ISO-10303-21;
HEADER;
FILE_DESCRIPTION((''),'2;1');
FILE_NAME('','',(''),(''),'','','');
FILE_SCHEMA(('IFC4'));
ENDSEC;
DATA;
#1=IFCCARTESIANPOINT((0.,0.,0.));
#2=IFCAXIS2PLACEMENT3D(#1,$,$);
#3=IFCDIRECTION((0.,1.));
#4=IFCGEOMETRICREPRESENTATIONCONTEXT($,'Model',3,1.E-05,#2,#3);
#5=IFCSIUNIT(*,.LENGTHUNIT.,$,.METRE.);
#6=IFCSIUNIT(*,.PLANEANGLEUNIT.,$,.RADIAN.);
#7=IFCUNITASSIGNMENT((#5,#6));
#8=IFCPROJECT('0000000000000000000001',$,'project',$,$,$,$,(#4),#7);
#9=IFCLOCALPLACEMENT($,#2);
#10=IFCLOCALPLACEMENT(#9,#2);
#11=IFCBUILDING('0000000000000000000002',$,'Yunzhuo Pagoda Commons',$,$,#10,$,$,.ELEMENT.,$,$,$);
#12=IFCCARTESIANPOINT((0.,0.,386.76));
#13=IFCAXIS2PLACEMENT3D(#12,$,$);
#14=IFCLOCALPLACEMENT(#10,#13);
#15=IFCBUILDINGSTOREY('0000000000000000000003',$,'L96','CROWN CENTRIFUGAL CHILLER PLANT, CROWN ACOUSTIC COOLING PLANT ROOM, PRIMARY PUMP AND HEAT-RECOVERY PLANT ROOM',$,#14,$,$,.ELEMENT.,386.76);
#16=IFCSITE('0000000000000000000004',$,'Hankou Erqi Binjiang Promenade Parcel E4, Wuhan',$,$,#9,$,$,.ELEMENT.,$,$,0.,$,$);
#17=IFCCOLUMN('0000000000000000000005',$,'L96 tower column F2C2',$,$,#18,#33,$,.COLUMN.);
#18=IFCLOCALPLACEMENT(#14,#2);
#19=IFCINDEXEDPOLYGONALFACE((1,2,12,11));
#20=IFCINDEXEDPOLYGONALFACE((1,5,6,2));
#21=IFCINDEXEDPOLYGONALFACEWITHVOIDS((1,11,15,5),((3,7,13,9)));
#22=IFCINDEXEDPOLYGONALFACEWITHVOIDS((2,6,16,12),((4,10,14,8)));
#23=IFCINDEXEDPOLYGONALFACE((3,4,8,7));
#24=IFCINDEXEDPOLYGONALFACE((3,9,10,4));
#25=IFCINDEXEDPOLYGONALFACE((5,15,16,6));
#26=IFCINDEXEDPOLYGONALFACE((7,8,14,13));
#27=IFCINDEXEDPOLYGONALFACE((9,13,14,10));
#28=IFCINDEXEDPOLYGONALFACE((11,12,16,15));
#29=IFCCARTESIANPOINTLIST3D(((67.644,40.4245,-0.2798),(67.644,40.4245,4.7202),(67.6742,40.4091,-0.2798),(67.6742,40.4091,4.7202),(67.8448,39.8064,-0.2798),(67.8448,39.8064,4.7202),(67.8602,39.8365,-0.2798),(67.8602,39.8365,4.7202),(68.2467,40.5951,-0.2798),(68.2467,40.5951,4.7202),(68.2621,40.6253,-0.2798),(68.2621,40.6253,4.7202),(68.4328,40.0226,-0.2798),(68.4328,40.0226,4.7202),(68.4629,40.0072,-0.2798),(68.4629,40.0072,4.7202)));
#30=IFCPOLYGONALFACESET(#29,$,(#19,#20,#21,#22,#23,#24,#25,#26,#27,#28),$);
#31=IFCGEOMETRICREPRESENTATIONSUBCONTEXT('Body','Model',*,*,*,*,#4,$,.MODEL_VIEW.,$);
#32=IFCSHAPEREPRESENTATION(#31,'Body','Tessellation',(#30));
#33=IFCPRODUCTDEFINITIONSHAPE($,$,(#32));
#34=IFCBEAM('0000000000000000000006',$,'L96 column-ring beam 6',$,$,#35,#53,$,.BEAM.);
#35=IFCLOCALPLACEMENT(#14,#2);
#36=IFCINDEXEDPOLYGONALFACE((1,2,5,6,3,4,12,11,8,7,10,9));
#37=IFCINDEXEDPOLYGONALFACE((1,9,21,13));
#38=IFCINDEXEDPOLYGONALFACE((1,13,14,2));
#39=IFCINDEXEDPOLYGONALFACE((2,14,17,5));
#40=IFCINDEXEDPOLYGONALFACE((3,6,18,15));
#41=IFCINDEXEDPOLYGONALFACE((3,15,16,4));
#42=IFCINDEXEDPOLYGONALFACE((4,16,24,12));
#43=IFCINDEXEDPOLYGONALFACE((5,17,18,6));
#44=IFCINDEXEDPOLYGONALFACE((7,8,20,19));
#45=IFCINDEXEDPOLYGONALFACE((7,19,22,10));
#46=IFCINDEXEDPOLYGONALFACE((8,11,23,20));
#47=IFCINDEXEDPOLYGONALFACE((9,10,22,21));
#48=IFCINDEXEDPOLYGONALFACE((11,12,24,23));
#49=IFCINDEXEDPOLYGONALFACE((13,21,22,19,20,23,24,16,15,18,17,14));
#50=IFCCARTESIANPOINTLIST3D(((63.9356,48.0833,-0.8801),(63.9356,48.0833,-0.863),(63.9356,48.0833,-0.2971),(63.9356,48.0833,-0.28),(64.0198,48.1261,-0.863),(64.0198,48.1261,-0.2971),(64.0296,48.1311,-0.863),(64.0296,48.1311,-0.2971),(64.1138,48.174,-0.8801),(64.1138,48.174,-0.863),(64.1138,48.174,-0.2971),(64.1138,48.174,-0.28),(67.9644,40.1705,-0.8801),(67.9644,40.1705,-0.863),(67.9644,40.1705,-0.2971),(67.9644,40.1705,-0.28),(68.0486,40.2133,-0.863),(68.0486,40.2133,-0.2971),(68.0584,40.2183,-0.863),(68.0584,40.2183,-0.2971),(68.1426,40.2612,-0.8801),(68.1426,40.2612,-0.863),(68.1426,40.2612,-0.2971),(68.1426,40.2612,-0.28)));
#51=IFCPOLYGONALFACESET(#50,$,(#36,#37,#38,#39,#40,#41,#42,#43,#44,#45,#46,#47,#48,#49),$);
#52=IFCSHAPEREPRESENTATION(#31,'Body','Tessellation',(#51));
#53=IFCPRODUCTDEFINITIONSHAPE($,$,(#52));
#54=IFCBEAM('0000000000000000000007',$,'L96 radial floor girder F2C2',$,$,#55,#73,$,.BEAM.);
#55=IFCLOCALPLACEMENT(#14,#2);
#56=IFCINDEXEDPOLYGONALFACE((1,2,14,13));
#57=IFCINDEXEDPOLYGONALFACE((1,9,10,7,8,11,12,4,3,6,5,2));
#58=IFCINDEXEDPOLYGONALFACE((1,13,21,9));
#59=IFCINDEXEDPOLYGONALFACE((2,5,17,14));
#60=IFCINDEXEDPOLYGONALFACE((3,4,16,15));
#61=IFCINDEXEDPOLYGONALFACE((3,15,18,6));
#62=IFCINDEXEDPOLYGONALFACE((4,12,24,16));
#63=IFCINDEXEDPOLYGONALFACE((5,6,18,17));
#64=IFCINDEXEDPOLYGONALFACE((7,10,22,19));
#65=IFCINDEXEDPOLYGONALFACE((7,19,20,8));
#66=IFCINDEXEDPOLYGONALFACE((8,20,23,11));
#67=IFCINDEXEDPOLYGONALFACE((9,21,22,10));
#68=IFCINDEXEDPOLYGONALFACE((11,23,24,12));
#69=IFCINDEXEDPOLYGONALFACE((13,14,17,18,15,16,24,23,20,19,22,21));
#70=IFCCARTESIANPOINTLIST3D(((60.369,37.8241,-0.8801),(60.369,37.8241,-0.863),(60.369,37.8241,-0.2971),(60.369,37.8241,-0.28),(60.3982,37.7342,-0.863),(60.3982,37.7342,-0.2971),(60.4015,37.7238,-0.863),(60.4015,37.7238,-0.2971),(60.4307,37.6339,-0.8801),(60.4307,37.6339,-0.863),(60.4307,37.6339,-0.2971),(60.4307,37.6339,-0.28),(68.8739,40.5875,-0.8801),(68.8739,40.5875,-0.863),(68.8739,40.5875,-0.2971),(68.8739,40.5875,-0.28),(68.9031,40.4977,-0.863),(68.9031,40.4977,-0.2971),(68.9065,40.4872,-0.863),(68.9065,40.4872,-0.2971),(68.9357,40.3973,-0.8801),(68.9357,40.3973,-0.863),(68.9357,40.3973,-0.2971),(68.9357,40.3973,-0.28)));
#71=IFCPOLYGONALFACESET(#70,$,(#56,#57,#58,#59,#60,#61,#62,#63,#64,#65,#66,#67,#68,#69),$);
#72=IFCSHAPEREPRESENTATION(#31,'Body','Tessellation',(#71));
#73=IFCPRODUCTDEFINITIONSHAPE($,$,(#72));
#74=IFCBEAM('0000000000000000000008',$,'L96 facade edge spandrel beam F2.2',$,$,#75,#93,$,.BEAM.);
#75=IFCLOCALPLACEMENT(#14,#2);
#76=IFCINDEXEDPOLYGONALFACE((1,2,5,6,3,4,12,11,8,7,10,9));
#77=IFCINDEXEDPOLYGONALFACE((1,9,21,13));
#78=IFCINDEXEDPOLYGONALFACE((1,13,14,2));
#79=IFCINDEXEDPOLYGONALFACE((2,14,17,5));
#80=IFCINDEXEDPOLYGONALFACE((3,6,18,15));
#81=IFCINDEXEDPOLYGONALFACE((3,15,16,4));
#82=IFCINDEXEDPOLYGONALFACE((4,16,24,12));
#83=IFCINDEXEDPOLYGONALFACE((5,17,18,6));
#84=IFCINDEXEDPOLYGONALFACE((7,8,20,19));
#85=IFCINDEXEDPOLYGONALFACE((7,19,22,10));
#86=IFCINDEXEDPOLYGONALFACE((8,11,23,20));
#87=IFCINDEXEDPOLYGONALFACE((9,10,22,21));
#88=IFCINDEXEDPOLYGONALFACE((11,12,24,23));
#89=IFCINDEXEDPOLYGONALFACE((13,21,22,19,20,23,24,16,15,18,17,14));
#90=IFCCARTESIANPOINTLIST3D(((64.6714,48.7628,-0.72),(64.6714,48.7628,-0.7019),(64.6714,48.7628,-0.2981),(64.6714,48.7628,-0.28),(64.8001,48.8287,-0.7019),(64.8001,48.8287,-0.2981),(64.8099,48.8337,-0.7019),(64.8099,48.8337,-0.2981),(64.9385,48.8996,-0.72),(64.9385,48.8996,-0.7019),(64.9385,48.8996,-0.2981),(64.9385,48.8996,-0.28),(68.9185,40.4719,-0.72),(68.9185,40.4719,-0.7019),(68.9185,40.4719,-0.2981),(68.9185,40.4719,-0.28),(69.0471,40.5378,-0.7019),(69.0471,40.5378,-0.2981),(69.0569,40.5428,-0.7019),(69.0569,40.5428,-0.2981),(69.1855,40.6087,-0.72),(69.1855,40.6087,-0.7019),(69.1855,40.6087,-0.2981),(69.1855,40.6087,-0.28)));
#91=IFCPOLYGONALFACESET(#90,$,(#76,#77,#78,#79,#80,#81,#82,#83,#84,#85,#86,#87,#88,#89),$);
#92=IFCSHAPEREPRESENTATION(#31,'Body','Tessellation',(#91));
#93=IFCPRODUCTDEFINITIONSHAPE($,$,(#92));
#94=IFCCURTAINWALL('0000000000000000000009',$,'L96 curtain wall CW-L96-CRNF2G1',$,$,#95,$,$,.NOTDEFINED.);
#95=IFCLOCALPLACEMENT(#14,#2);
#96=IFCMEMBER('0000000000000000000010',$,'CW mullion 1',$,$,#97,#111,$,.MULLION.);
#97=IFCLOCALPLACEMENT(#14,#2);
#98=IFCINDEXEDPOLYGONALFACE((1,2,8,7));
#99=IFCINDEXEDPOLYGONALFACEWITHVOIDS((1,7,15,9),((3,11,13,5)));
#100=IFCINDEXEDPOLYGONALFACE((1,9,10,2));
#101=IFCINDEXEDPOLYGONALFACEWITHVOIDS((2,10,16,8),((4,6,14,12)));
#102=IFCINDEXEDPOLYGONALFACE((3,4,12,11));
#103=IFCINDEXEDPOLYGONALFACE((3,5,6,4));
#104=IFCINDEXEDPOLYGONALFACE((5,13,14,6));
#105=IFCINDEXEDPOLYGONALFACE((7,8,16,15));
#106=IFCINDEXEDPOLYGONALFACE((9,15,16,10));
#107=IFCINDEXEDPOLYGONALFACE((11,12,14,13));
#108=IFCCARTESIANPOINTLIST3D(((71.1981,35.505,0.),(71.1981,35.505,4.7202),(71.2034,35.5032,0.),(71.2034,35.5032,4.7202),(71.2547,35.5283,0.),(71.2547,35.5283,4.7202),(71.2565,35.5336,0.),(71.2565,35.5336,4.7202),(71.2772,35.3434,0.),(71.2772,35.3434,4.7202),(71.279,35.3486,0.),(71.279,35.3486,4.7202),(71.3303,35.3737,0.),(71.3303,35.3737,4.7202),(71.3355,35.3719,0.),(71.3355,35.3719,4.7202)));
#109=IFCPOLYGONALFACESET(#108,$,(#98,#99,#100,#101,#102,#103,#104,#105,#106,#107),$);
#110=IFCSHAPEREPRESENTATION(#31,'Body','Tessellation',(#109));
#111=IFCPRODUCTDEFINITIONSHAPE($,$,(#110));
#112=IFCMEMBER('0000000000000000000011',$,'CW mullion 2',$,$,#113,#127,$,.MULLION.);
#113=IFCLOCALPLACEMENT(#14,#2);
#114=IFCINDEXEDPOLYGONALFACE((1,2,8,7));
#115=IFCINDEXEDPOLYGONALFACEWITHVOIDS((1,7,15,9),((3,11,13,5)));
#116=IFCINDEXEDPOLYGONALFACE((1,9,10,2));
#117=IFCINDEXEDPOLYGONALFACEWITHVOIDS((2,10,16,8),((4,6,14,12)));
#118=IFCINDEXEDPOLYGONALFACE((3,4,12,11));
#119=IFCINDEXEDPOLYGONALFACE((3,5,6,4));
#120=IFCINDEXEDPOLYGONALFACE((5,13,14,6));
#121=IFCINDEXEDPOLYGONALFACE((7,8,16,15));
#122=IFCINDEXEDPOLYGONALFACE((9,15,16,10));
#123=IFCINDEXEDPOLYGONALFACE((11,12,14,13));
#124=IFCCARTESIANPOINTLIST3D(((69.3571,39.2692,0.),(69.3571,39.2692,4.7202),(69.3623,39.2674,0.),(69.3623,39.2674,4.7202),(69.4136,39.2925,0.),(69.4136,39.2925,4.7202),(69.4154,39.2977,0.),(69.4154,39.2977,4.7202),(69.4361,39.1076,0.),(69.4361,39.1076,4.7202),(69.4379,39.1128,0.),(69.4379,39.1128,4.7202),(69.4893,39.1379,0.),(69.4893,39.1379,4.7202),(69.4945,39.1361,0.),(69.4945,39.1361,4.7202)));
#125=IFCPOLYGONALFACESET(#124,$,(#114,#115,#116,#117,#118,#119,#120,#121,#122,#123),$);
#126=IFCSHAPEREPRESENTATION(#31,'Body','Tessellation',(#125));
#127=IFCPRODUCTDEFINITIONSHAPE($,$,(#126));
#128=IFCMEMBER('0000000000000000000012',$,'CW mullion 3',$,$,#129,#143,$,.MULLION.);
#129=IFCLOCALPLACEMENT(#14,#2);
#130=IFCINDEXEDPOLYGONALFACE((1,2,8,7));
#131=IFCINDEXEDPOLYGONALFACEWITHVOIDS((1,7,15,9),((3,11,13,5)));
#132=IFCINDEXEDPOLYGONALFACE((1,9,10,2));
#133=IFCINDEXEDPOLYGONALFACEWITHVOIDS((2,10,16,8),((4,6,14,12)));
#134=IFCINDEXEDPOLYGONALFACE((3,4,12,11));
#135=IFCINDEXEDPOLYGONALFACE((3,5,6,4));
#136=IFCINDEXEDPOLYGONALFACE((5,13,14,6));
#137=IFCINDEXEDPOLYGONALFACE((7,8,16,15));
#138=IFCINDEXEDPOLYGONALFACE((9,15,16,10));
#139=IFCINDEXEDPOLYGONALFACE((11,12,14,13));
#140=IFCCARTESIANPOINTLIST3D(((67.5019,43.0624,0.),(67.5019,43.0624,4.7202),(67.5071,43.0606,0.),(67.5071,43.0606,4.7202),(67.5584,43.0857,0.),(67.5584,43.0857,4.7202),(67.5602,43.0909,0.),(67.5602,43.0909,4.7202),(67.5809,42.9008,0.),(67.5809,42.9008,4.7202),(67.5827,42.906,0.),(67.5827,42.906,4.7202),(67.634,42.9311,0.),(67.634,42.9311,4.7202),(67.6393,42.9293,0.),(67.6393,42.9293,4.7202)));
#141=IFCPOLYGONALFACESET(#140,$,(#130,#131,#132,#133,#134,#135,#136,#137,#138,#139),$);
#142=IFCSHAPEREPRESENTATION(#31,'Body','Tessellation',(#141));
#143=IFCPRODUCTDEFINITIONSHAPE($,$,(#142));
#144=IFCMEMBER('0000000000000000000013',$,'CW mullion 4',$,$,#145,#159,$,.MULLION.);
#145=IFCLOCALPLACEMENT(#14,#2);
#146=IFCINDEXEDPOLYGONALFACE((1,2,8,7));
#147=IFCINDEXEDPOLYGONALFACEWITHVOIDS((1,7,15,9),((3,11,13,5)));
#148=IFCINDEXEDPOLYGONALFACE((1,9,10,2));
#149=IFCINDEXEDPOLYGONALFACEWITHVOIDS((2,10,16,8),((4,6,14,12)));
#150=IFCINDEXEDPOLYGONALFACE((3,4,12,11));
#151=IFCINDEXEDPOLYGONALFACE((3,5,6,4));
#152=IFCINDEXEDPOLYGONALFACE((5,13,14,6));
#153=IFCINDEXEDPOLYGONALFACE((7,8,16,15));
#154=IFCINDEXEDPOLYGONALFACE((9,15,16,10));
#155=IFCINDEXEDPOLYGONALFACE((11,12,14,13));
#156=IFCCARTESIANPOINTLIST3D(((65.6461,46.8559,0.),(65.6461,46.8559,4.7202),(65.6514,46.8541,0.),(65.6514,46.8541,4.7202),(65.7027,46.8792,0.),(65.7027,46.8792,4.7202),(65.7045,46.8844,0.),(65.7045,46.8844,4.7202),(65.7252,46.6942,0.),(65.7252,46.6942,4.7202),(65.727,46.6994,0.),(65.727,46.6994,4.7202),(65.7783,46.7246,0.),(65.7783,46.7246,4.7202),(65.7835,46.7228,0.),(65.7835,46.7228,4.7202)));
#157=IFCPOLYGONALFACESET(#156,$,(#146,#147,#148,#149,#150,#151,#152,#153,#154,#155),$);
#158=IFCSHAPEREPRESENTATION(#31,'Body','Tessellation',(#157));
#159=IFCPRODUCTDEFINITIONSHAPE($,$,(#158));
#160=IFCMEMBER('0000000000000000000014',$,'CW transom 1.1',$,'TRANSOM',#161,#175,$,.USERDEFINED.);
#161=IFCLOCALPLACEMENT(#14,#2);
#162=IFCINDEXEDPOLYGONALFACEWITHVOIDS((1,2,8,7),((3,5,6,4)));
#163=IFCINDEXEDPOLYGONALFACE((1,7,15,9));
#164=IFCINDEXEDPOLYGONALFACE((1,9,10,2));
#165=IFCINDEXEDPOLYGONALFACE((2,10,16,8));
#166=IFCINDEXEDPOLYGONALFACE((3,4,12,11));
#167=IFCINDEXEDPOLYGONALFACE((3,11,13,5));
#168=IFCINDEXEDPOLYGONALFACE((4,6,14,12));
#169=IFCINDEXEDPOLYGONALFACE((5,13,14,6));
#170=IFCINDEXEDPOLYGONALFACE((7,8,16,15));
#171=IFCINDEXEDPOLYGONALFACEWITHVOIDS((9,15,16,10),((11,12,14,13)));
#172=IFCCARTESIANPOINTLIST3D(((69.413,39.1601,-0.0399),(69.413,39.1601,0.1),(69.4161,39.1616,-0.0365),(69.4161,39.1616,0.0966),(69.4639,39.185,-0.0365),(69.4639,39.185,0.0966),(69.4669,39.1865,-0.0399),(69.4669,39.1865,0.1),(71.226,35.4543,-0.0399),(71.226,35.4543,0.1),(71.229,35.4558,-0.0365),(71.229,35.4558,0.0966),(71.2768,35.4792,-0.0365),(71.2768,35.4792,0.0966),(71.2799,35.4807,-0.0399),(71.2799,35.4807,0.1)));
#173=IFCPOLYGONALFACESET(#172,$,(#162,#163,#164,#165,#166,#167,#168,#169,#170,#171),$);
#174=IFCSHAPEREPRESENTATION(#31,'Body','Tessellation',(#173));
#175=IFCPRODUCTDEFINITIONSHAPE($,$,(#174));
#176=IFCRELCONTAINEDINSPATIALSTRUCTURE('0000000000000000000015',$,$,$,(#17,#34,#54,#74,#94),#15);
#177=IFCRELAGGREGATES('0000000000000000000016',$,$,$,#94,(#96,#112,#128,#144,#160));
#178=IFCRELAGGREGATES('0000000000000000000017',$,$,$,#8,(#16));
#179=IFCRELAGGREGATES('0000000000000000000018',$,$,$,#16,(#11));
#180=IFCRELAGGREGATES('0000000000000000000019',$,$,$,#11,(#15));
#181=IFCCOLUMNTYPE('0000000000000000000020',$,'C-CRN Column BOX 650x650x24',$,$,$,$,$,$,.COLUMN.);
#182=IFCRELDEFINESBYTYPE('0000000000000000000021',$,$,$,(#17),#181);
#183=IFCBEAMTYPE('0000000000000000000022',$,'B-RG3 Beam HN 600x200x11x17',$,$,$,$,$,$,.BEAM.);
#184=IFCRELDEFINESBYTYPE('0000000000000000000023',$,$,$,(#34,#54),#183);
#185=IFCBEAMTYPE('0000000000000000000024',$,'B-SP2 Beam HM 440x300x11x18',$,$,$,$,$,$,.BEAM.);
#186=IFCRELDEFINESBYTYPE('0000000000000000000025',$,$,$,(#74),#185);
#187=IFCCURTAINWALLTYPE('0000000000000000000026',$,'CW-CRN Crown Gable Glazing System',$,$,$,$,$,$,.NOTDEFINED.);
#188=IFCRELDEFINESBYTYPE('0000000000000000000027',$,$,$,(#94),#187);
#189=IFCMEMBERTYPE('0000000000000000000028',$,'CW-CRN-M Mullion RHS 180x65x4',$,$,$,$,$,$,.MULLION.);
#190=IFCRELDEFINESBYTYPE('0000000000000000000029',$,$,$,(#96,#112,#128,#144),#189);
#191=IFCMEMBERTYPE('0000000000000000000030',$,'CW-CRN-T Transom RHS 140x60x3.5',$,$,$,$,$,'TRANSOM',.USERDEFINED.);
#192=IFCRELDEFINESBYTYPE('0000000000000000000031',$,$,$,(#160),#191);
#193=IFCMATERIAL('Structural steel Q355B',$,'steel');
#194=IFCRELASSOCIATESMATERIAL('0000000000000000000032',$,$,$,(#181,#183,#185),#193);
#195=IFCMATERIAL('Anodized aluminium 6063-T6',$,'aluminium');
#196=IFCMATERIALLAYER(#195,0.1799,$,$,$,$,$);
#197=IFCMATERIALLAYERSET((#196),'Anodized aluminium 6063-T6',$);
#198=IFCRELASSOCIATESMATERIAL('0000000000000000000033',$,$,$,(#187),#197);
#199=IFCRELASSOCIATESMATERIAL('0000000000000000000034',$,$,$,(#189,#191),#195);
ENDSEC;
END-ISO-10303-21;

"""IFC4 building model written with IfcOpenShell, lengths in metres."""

from ifc_helpers import new_model, si_unit, direction, frame, origin, origin_2d, place, context, subcontext, project, spatial, hollow_rectangle, i_section, extrude, source, transform, mapped, material, layer, layer_set, material_profile, profile_set, type_object, element, aggregate, save


model = new_model("IFC4")

# Units and contexts
model_context = context("Model", 3, precision=1e-05, world=origin(), true_north=direction((0.0, 1.0)))
body_context = subcontext(model_context, "Body", "Model", "MODEL_VIEW")
ifc_project = project(units=[si_unit("LENGTHUNIT", "METRE"), si_unit("PLANEANGLEUNIT", "RADIAN")], contexts=[model_context])

# Site, building, storey
site_placement = place(None, origin())
site = spatial("IfcSite", under=ifc_project, at=site_placement, Name="Hankou Erqi Binjiang Promenade Parcel E4, Wuhan", CompositionType="ELEMENT", RefElevation=0.0)
building_placement = place(site_placement, origin())
building = spatial("IfcBuilding", under=site, at=building_placement, Name="Yunzhuo Pagoda Commons", CompositionType="ELEMENT")
storey_placement = place(building_placement, frame((0.0, 0.0, 386.76)))
storey = spatial("IfcBuildingStorey", under=building, at=storey_placement, Name="L96", Description="CROWN CENTRIFUGAL CHILLER PLANT, CROWN ACOUSTIC COOLING PLANT ROOM, PRIMARY PUMP AND HEAT-RECOVERY PLANT ROOM", CompositionType="ELEMENT", Elevation=386.76)

# Column
ifc_material_1 = material(Name="Structural steel Q355B", Category="steel")
ifc_material_profile_1 = material_profile(ifc_material_1, hollow_rectangle(XDim=0.6499, YDim=0.6499, WallThickness=0.0239, at=origin_2d()), Name="Structural steel Q355B")
ifc_profile_set_1 = profile_set([ifc_material_profile_1], Name="Structural steel Q355B")
column_type = type_object("IfcColumnType", Name="C-CRN Column BOX 650x650x24", PredefinedType="COLUMN", material=ifc_profile_set_1)
shared_shape_1 = source(origin(), body_context, "Body", "SweptSolid", [
    extrude(hollow_rectangle(XDim=0.6499, YDim=0.6499, WallThickness=0.0239, at=origin_2d()), origin(), (0.0, 0.0, 1.0), 5.0),
])
column_placement = place(storey_placement, frame((68.0535, 40.2158, -0.2798), z_axis=(0.0, 0.0, 1.0), x_axis=(-0.309017, 0.951057, 0.0)))
element("IfcColumn", 1, at=column_placement, inside=storey, type_object=column_type, Name="L96 tower column F2C2", PredefinedType="COLUMN", context=body_context, shape_type="MappedRepresentation", body=[
    mapped(shared_shape_1, transform((0.0, 0.0, 0.0), scale=1.0)),
])

# Beams
ifc_material_profile_2 = material_profile(ifc_material_1, i_section(OverallWidth=0.2, OverallDepth=0.6001, WebThickness=0.011, FlangeThickness=0.0171, at=origin_2d()), Name="Structural steel Q355B")
ifc_profile_set_2 = profile_set([ifc_material_profile_2], Name="Structural steel Q355B")
beam_type_1 = type_object("IfcBeamType", Name="B-RG3 Beam HN 600x200x11x17", PredefinedType="BEAM", material=ifc_profile_set_2)
shared_shape_2 = source(origin(), body_context, "Body", "SweptSolid", [
    extrude(i_section(OverallWidth=0.2, OverallDepth=0.6001, WebThickness=0.011, FlangeThickness=0.0171, at=origin_2d()), origin(), (0.0, 0.0, 1.0), 8.8794),
])
beam_1_placement = place(storey_placement, frame((68.0535, 40.2158, -0.5801), z_axis=(-0.453724, 0.891142, 0.0), x_axis=(-0.891142, -0.453724, 0.0)))
element("IfcBeam", 2, at=beam_1_placement, inside=storey, type_object=beam_type_1, Name="L96 column-ring beam 6", PredefinedType="BEAM", context=body_context, shape_type="MappedRepresentation", body=[
    mapped(shared_shape_2, transform((0.0, 0.0, 0.0), scale=1.0)),
])
shared_shape_3 = source(origin(), body_context, "Body", "SweptSolid", [
    extrude(i_section(OverallWidth=0.2, OverallDepth=0.6001, WebThickness=0.011, FlangeThickness=0.0171, at=origin_2d()), origin(), (0.0, 0.0, 1.0), 8.9426),
])
beam_2_placement = place(storey_placement, frame((68.9048, 40.4924, -0.5801), z_axis=(-0.951056, -0.309019, 0.0), x_axis=(0.309019, -0.951056, 0.0)))
element("IfcBeam", 3, at=beam_2_placement, inside=storey, type_object=beam_type_1, Name="L96 radial floor girder F2C2", PredefinedType="BEAM", context=body_context, shape_type="MappedRepresentation", body=[
    mapped(shared_shape_3, transform((0.0, 0.0, 0.0), scale=1.0)),
])
ifc_material_profile_3 = material_profile(ifc_material_1, i_section(OverallWidth=0.3, OverallDepth=0.4399, WebThickness=0.011, FlangeThickness=0.0181, at=origin_2d()), Name="Structural steel Q355B")
ifc_profile_set_3 = profile_set([ifc_material_profile_3], Name="Structural steel Q355B")
beam_type_2 = type_object("IfcBeamType", Name="B-SP2 Beam HM 440x300x11x18", PredefinedType="BEAM", material=ifc_profile_set_3)
shared_shape_4 = source(origin(), body_context, "Body", "SweptSolid", [
    extrude(i_section(OverallWidth=0.3, OverallDepth=0.4399, WebThickness=0.011, FlangeThickness=0.0181, at=origin_2d()), origin(), (0.0, 0.0, 1.0), 9.3154),
])
beam_3_placement = place(storey_placement, frame((69.052, 40.5403, -0.5), z_axis=(-0.455914, 0.890024, 0.0), x_axis=(-0.890024, -0.455914, 0.0)))
element("IfcBeam", 4, at=beam_3_placement, inside=storey, type_object=beam_type_2, Name="L96 facade edge spandrel beam F2.2", PredefinedType="BEAM", context=body_context, shape_type="MappedRepresentation", body=[
    mapped(shared_shape_4, transform((0.0, 0.0, 0.0), scale=1.0)),
])

# Curtain wall, members
ifc_material_2 = material(Name="Anodized aluminium 6063-T6", Category="aluminium")
ifc_layer_1 = layer(ifc_material_2, 0.1799)
ifc_layer_set_1 = layer_set([ifc_layer_1], Name="Anodized aluminium 6063-T6")
curtain_wall_type = type_object("IfcCurtainWallType", Name="CW-CRN Crown Gable Glazing System", PredefinedType="NOTDEFINED", material=ifc_layer_set_1)
curtain_wall_placement = place(storey_placement, origin())
curtain_wall = element("IfcCurtainWall", 5, at=curtain_wall_placement, inside=storey, type_object=curtain_wall_type, Name="L96 curtain wall CW-L96-CRNF2G1", PredefinedType="NOTDEFINED")
ifc_material_profile_4 = material_profile(ifc_material_2, hollow_rectangle(XDim=0.0649, YDim=0.1799, WallThickness=0.0039, at=origin_2d()), Name="Anodized aluminium 6063-T6")
ifc_profile_set_4 = profile_set([ifc_material_profile_4], Name="Anodized aluminium 6063-T6")
member_type_1 = type_object("IfcMemberType", Name="CW-CRN-M Mullion RHS 180x65x4", PredefinedType="MULLION", material=ifc_profile_set_4)
shared_shape_5 = source(origin(), body_context, "Body", "SweptSolid", [
    extrude(hollow_rectangle(XDim=0.0649, YDim=0.1799, WallThickness=0.0039, at=origin_2d()), origin(), (0.0, 0.0, 1.0), 4.7202),
])
member_1_placement = place(storey_placement, frame((71.2668, 35.4385, 0.0), z_axis=(0.0, 0.0, 1.0), x_axis=(-0.898299, -0.439384, 0.0)))
member_1 = element("IfcMember", 6, at=member_1_placement, type_object=member_type_1, Name="CW mullion 1", PredefinedType="MULLION", context=body_context, shape_type="MappedRepresentation", body=[
    mapped(shared_shape_5, transform((0.0, 0.0, 0.0), scale=1.0)),
])
member_2_placement = place(storey_placement, frame((69.4258, 39.2026, 0.0), z_axis=(0.0, 0.0, 1.0), x_axis=(-0.898299, -0.439384, 0.0)))
member_2 = element("IfcMember", 7, at=member_2_placement, type_object=member_type_1, Name="CW mullion 2", PredefinedType="MULLION", context=body_context, shape_type="MappedRepresentation", body=[
    mapped(shared_shape_5, transform((0.0, 0.0, 0.0), scale=1.0)),
])
member_3_placement = place(storey_placement, frame((67.5706, 42.9958, 0.0), z_axis=(0.0, 0.0, 1.0), x_axis=(-0.898299, -0.439384, 0.0)))
member_3 = element("IfcMember", 8, at=member_3_placement, type_object=member_type_1, Name="CW mullion 3", PredefinedType="MULLION", context=body_context, shape_type="MappedRepresentation", body=[
    mapped(shared_shape_5, transform((0.0, 0.0, 0.0), scale=1.0)),
])
member_4_placement = place(storey_placement, frame((65.7148, 46.7893, 0.0), z_axis=(0.0, 0.0, 1.0), x_axis=(-0.898299, -0.439384, 0.0)))
member_4 = element("IfcMember", 9, at=member_4_placement, type_object=member_type_1, Name="CW mullion 4", PredefinedType="MULLION", context=body_context, shape_type="MappedRepresentation", body=[
    mapped(shared_shape_5, transform((0.0, 0.0, 0.0), scale=1.0)),
])
ifc_material_profile_5 = material_profile(ifc_material_2, hollow_rectangle(XDim=0.0601, YDim=0.1399, WallThickness=0.0034, at=origin_2d()), Name="Anodized aluminium 6063-T6")
ifc_profile_set_5 = profile_set([ifc_material_profile_5], Name="Anodized aluminium 6063-T6")
member_type_2 = type_object("IfcMemberType", Name="CW-CRN-T Transom RHS 140x60x3.5", ElementType="TRANSOM", PredefinedType="USERDEFINED", material=ifc_profile_set_5)
shared_shape_6 = source(origin(), body_context, "Body", "SweptSolid", [
    extrude(hollow_rectangle(XDim=0.0601, YDim=0.1399, WallThickness=0.0034, at=origin_2d()), origin(), (0.0, 0.0, 1.0), 4.1255),
])
member_5_placement = place(storey_placement, frame((71.2529, 35.4675, 0.03), z_axis=(-0.439456, 0.898264, 0.0), x_axis=(-0.898264, -0.439456, 0.0)))
member_5 = element("IfcMember", 10, at=member_5_placement, type_object=member_type_2, Name="CW transom 1.1", ObjectType="TRANSOM", PredefinedType="USERDEFINED", context=body_context, shape_type="MappedRepresentation", body=[
    mapped(shared_shape_6, transform((0.0, 0.0, 0.0), scale=1.0)),
])
aggregate(curtain_wall, [member_1, member_2, member_3, member_4, member_5])

save(model, "model.ifc")
